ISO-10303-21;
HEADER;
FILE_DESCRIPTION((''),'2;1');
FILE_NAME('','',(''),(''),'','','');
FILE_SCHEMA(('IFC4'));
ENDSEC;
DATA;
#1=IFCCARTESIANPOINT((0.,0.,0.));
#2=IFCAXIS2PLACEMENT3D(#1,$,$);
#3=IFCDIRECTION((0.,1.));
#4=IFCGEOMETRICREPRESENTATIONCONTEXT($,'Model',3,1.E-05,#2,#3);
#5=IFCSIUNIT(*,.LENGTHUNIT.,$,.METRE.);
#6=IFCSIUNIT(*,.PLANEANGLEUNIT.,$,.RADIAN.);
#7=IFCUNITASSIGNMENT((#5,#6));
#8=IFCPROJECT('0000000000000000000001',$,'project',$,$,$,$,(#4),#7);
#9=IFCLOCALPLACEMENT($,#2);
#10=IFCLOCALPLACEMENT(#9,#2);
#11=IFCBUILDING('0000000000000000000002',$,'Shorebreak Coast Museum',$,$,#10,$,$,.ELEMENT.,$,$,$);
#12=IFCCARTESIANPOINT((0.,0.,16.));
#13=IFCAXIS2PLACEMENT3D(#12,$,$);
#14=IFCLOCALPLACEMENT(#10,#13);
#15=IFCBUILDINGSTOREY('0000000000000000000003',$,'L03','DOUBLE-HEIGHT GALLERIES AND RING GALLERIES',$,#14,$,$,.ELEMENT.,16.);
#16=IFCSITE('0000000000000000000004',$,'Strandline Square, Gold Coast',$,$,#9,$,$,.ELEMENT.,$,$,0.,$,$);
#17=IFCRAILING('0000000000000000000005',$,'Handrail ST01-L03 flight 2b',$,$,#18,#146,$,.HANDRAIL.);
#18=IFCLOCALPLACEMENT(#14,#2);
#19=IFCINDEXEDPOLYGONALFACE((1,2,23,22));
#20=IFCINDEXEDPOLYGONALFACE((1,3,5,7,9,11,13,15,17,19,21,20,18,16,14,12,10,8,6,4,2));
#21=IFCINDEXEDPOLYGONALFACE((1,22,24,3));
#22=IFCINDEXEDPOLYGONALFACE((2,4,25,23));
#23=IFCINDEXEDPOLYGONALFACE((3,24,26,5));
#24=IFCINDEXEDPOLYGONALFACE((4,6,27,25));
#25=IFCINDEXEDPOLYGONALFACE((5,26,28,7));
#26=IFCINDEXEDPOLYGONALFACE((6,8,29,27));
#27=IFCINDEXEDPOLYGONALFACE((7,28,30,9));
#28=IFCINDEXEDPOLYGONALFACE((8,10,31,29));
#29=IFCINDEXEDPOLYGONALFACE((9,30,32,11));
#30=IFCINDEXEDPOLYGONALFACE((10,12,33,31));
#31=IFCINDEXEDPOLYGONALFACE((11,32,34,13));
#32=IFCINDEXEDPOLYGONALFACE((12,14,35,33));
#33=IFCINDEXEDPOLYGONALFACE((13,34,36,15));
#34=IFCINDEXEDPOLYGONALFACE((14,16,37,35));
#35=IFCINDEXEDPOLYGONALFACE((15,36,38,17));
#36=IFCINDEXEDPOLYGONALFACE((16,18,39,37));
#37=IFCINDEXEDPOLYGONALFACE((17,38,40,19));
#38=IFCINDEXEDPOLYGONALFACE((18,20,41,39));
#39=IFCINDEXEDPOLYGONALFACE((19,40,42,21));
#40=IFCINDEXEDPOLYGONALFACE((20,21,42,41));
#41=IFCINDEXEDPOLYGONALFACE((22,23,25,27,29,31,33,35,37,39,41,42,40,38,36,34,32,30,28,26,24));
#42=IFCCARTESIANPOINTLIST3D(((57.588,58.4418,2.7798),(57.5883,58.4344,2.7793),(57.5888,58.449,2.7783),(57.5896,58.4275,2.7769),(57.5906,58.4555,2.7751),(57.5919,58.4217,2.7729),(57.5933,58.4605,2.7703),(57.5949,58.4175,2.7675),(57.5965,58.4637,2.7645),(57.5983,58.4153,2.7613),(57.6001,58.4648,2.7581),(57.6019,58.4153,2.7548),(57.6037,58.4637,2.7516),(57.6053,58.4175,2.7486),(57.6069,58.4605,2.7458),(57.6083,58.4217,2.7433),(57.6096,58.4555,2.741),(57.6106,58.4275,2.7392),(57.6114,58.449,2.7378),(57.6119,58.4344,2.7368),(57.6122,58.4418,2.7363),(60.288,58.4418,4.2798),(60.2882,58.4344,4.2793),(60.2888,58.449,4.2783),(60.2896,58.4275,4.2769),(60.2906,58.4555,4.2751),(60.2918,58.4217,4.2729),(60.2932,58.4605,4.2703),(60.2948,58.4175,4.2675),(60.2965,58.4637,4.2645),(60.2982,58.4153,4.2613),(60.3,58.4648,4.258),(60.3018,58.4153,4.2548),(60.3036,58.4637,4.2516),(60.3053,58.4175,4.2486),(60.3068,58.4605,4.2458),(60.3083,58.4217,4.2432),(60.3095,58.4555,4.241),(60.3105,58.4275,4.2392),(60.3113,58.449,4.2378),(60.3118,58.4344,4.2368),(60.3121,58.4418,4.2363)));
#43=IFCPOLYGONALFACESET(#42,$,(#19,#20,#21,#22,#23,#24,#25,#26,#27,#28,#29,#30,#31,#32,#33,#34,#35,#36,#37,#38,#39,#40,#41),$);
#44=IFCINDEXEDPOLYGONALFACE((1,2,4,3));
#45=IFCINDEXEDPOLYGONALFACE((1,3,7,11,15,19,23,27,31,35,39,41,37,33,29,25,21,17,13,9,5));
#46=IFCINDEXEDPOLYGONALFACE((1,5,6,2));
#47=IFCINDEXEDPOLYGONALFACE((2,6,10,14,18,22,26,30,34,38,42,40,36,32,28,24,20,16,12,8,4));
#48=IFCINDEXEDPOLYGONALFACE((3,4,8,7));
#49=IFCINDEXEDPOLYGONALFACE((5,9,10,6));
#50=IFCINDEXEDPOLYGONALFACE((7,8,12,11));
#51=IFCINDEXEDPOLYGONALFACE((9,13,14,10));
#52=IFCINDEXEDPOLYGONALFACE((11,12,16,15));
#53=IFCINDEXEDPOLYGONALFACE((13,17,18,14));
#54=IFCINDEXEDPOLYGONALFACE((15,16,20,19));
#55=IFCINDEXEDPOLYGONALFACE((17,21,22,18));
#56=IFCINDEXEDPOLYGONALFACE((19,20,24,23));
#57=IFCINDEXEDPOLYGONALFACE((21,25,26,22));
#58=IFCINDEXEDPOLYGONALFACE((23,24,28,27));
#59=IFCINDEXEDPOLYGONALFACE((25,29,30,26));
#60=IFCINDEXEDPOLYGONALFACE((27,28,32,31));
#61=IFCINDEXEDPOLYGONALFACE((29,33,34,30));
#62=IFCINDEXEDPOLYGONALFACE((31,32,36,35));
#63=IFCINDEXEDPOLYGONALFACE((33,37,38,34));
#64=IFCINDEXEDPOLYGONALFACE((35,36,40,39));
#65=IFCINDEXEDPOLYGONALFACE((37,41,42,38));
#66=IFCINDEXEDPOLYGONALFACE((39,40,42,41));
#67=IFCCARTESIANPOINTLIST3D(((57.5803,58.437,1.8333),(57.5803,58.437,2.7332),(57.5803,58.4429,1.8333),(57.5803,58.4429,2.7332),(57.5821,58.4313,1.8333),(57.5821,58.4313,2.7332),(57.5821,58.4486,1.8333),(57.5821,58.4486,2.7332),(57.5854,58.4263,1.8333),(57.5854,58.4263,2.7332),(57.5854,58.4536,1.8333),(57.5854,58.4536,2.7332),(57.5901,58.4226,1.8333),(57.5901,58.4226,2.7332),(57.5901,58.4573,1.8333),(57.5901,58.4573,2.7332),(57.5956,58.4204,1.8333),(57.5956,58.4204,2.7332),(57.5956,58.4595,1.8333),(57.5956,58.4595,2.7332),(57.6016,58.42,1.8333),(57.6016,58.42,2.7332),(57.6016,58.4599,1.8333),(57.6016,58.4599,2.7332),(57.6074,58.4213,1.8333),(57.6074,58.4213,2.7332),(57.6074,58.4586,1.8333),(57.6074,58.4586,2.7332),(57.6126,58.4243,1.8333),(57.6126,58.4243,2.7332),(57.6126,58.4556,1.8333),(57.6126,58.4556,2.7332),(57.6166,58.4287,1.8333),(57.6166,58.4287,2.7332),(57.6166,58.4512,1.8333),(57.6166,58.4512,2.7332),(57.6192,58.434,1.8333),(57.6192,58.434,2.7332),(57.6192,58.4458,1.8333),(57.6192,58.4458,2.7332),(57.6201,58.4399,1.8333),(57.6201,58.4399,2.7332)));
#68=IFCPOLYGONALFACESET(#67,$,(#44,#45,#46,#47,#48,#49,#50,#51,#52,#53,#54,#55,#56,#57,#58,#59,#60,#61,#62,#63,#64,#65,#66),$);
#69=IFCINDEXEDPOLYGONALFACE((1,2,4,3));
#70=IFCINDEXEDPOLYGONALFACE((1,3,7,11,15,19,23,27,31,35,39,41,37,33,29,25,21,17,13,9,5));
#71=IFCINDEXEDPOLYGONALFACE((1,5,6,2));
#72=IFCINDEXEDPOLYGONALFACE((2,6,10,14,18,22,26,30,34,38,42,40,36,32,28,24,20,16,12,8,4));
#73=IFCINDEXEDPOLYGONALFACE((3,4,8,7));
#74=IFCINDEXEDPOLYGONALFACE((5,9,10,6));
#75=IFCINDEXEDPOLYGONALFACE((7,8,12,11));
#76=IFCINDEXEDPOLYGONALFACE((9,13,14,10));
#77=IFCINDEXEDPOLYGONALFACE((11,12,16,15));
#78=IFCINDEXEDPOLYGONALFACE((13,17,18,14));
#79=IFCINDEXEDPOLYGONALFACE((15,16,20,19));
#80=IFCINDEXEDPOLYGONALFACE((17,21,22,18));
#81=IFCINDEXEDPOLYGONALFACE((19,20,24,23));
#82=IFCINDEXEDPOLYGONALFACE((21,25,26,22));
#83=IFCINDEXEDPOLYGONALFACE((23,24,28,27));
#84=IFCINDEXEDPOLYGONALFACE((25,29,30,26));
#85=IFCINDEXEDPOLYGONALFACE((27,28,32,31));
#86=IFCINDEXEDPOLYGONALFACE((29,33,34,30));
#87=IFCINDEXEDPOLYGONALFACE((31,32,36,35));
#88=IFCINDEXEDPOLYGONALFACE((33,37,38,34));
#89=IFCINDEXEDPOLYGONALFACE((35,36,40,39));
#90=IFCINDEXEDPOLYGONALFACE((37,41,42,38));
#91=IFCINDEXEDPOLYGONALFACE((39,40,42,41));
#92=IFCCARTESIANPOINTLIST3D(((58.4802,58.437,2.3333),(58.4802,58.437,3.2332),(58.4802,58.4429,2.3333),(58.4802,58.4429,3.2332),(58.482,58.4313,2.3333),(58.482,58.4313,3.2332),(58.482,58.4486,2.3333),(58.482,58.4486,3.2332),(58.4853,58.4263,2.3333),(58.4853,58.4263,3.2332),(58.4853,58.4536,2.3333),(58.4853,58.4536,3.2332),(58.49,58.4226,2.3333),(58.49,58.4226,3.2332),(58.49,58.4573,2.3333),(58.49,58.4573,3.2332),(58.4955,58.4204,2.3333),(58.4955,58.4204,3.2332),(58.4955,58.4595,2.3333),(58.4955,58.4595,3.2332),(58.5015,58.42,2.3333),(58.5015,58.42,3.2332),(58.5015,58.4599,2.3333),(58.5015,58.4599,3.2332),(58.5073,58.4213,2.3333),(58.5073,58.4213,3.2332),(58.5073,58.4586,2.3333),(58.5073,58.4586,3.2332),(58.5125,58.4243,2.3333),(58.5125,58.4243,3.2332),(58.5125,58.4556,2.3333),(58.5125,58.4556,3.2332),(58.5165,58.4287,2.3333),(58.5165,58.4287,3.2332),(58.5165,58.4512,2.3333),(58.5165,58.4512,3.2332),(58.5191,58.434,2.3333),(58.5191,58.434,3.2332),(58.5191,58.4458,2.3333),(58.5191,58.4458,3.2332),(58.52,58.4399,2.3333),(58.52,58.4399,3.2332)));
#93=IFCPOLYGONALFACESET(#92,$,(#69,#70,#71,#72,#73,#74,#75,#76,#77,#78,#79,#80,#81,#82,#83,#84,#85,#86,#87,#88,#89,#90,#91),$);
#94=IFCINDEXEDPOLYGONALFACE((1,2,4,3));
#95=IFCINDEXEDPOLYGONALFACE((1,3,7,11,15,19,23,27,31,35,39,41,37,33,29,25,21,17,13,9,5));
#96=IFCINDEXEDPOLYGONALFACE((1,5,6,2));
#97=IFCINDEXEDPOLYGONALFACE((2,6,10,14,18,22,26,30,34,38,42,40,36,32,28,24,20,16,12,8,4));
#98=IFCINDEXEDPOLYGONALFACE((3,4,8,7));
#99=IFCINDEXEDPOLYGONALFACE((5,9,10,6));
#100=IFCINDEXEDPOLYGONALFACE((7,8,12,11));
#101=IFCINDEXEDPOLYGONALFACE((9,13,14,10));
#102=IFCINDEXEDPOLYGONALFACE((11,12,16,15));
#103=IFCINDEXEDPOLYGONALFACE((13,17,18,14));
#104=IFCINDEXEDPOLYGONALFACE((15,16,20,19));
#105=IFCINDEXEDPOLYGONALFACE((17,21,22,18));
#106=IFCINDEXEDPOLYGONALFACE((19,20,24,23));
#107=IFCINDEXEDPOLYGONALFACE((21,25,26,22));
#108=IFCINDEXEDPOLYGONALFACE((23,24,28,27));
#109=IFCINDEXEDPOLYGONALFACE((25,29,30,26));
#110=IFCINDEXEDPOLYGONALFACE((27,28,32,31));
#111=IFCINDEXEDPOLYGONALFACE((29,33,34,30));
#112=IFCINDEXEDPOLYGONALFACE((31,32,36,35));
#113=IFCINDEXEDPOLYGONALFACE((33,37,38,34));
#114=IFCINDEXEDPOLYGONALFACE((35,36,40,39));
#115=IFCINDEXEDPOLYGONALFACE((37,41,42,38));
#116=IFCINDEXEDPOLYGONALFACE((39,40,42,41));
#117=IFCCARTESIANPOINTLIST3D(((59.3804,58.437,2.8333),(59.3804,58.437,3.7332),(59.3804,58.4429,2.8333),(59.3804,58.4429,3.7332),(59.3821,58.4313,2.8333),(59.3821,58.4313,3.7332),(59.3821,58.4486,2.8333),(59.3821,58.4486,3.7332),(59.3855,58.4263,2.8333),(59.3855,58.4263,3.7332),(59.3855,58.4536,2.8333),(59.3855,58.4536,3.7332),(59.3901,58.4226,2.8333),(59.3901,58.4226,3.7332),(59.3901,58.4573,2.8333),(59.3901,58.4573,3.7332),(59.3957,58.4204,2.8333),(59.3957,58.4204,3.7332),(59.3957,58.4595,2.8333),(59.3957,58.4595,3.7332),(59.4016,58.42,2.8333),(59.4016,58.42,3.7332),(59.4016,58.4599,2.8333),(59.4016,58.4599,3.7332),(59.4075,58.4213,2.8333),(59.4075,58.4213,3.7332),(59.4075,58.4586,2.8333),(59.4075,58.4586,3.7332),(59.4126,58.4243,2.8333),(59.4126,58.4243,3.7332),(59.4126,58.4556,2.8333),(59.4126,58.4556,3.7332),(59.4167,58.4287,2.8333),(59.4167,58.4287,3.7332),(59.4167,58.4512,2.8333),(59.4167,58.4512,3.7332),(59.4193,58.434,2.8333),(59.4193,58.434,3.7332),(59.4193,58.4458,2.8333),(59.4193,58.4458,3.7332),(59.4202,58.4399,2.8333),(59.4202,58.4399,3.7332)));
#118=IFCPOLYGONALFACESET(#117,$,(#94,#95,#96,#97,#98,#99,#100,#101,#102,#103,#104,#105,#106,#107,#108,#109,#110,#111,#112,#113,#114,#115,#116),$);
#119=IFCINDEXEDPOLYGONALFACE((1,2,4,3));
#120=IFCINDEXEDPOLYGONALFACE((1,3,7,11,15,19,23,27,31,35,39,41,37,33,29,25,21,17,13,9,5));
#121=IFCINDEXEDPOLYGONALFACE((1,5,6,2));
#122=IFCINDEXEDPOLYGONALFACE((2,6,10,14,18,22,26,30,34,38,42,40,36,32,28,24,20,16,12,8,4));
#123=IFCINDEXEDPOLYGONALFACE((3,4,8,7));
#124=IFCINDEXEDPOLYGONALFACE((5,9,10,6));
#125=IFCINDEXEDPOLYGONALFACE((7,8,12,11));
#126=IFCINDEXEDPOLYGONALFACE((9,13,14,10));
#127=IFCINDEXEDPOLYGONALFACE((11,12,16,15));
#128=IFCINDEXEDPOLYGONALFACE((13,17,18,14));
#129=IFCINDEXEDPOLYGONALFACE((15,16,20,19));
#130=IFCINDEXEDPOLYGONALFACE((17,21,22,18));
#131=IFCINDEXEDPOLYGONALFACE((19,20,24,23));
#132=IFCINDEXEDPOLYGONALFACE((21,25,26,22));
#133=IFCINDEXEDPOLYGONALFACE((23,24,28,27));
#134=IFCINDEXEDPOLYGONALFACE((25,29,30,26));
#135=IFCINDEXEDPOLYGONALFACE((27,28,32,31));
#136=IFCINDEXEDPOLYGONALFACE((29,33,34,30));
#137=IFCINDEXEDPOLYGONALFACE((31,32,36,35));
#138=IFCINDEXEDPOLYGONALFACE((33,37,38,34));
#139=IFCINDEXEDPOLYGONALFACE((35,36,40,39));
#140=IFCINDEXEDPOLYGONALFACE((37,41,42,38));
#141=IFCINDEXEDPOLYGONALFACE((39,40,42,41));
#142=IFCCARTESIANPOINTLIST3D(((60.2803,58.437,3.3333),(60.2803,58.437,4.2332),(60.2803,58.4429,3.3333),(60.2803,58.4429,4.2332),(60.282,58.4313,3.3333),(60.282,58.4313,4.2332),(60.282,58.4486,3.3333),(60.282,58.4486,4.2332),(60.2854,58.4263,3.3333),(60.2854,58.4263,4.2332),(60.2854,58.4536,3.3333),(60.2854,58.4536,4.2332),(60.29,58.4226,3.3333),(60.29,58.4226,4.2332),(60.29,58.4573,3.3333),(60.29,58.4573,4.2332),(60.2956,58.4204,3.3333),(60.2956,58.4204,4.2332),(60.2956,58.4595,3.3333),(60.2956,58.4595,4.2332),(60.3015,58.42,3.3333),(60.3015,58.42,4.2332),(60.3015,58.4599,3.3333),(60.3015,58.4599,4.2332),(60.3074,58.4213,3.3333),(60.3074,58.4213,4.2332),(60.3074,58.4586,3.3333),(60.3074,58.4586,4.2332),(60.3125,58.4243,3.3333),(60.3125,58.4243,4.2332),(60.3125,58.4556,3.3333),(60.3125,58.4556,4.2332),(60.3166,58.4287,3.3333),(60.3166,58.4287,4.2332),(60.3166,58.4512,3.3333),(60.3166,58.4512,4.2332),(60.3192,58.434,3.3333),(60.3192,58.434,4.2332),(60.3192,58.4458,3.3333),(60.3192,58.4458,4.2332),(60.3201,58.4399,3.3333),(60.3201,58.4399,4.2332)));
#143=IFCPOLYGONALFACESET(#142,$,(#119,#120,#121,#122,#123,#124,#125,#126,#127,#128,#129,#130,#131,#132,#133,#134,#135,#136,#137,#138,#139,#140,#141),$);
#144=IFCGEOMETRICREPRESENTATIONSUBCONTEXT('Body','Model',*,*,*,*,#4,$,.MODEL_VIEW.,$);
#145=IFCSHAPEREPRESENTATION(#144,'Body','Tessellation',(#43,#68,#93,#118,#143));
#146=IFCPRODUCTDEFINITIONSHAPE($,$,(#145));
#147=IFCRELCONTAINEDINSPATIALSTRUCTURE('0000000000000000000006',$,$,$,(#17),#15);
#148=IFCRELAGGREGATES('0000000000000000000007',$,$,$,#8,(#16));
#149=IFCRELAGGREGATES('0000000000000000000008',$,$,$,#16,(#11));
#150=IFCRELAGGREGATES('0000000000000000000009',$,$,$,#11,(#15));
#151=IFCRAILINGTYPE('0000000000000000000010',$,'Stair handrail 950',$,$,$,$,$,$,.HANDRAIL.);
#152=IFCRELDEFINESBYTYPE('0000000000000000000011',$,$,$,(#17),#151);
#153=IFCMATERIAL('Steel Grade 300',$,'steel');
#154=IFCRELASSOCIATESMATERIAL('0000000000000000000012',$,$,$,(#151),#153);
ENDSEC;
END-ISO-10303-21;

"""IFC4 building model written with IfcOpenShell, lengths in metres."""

from ifc_helpers import new_model, si_unit, direction, frame, origin, origin_2d, place, context, subcontext, project, spatial, circle, extrude, material, type_object, element, save


model = new_model("IFC4")

# Units and contexts
model_context = context("Model", 3, precision=1e-05, world=origin(), true_north=direction((0.0, 1.0)))
body_context = subcontext(model_context, "Body", "Model", "MODEL_VIEW")
ifc_project = project(units=[si_unit("LENGTHUNIT", "METRE"), si_unit("PLANEANGLEUNIT", "RADIAN")], contexts=[model_context])

# Site, building, storey
site_placement = place(None, origin())
site = spatial("IfcSite", under=ifc_project, at=site_placement, Name="Strandline Square, Gold Coast", CompositionType="ELEMENT", RefElevation=0.0)
building_placement = place(site_placement, origin())
building = spatial("IfcBuilding", under=site, at=building_placement, Name="Shorebreak Coast Museum", CompositionType="ELEMENT")
storey_placement = place(building_placement, frame((0.0, 0.0, 16.0)))
storey = spatial("IfcBuildingStorey", under=building, at=storey_placement, Name="L03", Description="DOUBLE-HEIGHT GALLERIES AND RING GALLERIES", CompositionType="ELEMENT", Elevation=16.0)

# Railing
ifc_material_1 = material(Name="Steel Grade 300", Category="steel")
railing_type_1 = type_object("IfcRailingType", Name="Stair handrail 950", PredefinedType="HANDRAIL", material=ifc_material_1)
for number, where, name in (
    (1, (57.6001, 58.4399, 1.8333), "Handrail ST01-L03 flight 2b"),
):
    element("IfcRailing", number, at=place(storey_placement, frame(where)), inside=storey, type_object=railing_type_1, Name=name, PredefinedType="HANDRAIL", context=body_context, shape_type="SweptSolid", body=[
        extrude(circle(Radius=0.0249, at=origin_2d()), frame((0.0, 0.0, 0.9248), z_axis=(0.874154, 0.0, 0.48565), x_axis=(0.0, 1.0, 0.0)), (0.0, 0.0, 1.0), 3.0886),
        extrude(circle(Radius=0.02, at=origin_2d()), origin(), (0.0, 0.0, 1.0), 0.8999),
        extrude(circle(Radius=0.02, at=origin_2d()), frame((0.8999, 0.0, 0.5)), (0.0, 0.0, 1.0), 0.8999),
        extrude(circle(Radius=0.02, at=origin_2d()), frame((1.8, 0.0, 1.0)), (0.0, 0.0, 1.0), 0.8999),
        extrude(circle(Radius=0.02, at=origin_2d()), frame((2.7, 0.0, 1.5)), (0.0, 0.0, 1.0), 0.8999),
    ])

save(model, "model.ifc")
